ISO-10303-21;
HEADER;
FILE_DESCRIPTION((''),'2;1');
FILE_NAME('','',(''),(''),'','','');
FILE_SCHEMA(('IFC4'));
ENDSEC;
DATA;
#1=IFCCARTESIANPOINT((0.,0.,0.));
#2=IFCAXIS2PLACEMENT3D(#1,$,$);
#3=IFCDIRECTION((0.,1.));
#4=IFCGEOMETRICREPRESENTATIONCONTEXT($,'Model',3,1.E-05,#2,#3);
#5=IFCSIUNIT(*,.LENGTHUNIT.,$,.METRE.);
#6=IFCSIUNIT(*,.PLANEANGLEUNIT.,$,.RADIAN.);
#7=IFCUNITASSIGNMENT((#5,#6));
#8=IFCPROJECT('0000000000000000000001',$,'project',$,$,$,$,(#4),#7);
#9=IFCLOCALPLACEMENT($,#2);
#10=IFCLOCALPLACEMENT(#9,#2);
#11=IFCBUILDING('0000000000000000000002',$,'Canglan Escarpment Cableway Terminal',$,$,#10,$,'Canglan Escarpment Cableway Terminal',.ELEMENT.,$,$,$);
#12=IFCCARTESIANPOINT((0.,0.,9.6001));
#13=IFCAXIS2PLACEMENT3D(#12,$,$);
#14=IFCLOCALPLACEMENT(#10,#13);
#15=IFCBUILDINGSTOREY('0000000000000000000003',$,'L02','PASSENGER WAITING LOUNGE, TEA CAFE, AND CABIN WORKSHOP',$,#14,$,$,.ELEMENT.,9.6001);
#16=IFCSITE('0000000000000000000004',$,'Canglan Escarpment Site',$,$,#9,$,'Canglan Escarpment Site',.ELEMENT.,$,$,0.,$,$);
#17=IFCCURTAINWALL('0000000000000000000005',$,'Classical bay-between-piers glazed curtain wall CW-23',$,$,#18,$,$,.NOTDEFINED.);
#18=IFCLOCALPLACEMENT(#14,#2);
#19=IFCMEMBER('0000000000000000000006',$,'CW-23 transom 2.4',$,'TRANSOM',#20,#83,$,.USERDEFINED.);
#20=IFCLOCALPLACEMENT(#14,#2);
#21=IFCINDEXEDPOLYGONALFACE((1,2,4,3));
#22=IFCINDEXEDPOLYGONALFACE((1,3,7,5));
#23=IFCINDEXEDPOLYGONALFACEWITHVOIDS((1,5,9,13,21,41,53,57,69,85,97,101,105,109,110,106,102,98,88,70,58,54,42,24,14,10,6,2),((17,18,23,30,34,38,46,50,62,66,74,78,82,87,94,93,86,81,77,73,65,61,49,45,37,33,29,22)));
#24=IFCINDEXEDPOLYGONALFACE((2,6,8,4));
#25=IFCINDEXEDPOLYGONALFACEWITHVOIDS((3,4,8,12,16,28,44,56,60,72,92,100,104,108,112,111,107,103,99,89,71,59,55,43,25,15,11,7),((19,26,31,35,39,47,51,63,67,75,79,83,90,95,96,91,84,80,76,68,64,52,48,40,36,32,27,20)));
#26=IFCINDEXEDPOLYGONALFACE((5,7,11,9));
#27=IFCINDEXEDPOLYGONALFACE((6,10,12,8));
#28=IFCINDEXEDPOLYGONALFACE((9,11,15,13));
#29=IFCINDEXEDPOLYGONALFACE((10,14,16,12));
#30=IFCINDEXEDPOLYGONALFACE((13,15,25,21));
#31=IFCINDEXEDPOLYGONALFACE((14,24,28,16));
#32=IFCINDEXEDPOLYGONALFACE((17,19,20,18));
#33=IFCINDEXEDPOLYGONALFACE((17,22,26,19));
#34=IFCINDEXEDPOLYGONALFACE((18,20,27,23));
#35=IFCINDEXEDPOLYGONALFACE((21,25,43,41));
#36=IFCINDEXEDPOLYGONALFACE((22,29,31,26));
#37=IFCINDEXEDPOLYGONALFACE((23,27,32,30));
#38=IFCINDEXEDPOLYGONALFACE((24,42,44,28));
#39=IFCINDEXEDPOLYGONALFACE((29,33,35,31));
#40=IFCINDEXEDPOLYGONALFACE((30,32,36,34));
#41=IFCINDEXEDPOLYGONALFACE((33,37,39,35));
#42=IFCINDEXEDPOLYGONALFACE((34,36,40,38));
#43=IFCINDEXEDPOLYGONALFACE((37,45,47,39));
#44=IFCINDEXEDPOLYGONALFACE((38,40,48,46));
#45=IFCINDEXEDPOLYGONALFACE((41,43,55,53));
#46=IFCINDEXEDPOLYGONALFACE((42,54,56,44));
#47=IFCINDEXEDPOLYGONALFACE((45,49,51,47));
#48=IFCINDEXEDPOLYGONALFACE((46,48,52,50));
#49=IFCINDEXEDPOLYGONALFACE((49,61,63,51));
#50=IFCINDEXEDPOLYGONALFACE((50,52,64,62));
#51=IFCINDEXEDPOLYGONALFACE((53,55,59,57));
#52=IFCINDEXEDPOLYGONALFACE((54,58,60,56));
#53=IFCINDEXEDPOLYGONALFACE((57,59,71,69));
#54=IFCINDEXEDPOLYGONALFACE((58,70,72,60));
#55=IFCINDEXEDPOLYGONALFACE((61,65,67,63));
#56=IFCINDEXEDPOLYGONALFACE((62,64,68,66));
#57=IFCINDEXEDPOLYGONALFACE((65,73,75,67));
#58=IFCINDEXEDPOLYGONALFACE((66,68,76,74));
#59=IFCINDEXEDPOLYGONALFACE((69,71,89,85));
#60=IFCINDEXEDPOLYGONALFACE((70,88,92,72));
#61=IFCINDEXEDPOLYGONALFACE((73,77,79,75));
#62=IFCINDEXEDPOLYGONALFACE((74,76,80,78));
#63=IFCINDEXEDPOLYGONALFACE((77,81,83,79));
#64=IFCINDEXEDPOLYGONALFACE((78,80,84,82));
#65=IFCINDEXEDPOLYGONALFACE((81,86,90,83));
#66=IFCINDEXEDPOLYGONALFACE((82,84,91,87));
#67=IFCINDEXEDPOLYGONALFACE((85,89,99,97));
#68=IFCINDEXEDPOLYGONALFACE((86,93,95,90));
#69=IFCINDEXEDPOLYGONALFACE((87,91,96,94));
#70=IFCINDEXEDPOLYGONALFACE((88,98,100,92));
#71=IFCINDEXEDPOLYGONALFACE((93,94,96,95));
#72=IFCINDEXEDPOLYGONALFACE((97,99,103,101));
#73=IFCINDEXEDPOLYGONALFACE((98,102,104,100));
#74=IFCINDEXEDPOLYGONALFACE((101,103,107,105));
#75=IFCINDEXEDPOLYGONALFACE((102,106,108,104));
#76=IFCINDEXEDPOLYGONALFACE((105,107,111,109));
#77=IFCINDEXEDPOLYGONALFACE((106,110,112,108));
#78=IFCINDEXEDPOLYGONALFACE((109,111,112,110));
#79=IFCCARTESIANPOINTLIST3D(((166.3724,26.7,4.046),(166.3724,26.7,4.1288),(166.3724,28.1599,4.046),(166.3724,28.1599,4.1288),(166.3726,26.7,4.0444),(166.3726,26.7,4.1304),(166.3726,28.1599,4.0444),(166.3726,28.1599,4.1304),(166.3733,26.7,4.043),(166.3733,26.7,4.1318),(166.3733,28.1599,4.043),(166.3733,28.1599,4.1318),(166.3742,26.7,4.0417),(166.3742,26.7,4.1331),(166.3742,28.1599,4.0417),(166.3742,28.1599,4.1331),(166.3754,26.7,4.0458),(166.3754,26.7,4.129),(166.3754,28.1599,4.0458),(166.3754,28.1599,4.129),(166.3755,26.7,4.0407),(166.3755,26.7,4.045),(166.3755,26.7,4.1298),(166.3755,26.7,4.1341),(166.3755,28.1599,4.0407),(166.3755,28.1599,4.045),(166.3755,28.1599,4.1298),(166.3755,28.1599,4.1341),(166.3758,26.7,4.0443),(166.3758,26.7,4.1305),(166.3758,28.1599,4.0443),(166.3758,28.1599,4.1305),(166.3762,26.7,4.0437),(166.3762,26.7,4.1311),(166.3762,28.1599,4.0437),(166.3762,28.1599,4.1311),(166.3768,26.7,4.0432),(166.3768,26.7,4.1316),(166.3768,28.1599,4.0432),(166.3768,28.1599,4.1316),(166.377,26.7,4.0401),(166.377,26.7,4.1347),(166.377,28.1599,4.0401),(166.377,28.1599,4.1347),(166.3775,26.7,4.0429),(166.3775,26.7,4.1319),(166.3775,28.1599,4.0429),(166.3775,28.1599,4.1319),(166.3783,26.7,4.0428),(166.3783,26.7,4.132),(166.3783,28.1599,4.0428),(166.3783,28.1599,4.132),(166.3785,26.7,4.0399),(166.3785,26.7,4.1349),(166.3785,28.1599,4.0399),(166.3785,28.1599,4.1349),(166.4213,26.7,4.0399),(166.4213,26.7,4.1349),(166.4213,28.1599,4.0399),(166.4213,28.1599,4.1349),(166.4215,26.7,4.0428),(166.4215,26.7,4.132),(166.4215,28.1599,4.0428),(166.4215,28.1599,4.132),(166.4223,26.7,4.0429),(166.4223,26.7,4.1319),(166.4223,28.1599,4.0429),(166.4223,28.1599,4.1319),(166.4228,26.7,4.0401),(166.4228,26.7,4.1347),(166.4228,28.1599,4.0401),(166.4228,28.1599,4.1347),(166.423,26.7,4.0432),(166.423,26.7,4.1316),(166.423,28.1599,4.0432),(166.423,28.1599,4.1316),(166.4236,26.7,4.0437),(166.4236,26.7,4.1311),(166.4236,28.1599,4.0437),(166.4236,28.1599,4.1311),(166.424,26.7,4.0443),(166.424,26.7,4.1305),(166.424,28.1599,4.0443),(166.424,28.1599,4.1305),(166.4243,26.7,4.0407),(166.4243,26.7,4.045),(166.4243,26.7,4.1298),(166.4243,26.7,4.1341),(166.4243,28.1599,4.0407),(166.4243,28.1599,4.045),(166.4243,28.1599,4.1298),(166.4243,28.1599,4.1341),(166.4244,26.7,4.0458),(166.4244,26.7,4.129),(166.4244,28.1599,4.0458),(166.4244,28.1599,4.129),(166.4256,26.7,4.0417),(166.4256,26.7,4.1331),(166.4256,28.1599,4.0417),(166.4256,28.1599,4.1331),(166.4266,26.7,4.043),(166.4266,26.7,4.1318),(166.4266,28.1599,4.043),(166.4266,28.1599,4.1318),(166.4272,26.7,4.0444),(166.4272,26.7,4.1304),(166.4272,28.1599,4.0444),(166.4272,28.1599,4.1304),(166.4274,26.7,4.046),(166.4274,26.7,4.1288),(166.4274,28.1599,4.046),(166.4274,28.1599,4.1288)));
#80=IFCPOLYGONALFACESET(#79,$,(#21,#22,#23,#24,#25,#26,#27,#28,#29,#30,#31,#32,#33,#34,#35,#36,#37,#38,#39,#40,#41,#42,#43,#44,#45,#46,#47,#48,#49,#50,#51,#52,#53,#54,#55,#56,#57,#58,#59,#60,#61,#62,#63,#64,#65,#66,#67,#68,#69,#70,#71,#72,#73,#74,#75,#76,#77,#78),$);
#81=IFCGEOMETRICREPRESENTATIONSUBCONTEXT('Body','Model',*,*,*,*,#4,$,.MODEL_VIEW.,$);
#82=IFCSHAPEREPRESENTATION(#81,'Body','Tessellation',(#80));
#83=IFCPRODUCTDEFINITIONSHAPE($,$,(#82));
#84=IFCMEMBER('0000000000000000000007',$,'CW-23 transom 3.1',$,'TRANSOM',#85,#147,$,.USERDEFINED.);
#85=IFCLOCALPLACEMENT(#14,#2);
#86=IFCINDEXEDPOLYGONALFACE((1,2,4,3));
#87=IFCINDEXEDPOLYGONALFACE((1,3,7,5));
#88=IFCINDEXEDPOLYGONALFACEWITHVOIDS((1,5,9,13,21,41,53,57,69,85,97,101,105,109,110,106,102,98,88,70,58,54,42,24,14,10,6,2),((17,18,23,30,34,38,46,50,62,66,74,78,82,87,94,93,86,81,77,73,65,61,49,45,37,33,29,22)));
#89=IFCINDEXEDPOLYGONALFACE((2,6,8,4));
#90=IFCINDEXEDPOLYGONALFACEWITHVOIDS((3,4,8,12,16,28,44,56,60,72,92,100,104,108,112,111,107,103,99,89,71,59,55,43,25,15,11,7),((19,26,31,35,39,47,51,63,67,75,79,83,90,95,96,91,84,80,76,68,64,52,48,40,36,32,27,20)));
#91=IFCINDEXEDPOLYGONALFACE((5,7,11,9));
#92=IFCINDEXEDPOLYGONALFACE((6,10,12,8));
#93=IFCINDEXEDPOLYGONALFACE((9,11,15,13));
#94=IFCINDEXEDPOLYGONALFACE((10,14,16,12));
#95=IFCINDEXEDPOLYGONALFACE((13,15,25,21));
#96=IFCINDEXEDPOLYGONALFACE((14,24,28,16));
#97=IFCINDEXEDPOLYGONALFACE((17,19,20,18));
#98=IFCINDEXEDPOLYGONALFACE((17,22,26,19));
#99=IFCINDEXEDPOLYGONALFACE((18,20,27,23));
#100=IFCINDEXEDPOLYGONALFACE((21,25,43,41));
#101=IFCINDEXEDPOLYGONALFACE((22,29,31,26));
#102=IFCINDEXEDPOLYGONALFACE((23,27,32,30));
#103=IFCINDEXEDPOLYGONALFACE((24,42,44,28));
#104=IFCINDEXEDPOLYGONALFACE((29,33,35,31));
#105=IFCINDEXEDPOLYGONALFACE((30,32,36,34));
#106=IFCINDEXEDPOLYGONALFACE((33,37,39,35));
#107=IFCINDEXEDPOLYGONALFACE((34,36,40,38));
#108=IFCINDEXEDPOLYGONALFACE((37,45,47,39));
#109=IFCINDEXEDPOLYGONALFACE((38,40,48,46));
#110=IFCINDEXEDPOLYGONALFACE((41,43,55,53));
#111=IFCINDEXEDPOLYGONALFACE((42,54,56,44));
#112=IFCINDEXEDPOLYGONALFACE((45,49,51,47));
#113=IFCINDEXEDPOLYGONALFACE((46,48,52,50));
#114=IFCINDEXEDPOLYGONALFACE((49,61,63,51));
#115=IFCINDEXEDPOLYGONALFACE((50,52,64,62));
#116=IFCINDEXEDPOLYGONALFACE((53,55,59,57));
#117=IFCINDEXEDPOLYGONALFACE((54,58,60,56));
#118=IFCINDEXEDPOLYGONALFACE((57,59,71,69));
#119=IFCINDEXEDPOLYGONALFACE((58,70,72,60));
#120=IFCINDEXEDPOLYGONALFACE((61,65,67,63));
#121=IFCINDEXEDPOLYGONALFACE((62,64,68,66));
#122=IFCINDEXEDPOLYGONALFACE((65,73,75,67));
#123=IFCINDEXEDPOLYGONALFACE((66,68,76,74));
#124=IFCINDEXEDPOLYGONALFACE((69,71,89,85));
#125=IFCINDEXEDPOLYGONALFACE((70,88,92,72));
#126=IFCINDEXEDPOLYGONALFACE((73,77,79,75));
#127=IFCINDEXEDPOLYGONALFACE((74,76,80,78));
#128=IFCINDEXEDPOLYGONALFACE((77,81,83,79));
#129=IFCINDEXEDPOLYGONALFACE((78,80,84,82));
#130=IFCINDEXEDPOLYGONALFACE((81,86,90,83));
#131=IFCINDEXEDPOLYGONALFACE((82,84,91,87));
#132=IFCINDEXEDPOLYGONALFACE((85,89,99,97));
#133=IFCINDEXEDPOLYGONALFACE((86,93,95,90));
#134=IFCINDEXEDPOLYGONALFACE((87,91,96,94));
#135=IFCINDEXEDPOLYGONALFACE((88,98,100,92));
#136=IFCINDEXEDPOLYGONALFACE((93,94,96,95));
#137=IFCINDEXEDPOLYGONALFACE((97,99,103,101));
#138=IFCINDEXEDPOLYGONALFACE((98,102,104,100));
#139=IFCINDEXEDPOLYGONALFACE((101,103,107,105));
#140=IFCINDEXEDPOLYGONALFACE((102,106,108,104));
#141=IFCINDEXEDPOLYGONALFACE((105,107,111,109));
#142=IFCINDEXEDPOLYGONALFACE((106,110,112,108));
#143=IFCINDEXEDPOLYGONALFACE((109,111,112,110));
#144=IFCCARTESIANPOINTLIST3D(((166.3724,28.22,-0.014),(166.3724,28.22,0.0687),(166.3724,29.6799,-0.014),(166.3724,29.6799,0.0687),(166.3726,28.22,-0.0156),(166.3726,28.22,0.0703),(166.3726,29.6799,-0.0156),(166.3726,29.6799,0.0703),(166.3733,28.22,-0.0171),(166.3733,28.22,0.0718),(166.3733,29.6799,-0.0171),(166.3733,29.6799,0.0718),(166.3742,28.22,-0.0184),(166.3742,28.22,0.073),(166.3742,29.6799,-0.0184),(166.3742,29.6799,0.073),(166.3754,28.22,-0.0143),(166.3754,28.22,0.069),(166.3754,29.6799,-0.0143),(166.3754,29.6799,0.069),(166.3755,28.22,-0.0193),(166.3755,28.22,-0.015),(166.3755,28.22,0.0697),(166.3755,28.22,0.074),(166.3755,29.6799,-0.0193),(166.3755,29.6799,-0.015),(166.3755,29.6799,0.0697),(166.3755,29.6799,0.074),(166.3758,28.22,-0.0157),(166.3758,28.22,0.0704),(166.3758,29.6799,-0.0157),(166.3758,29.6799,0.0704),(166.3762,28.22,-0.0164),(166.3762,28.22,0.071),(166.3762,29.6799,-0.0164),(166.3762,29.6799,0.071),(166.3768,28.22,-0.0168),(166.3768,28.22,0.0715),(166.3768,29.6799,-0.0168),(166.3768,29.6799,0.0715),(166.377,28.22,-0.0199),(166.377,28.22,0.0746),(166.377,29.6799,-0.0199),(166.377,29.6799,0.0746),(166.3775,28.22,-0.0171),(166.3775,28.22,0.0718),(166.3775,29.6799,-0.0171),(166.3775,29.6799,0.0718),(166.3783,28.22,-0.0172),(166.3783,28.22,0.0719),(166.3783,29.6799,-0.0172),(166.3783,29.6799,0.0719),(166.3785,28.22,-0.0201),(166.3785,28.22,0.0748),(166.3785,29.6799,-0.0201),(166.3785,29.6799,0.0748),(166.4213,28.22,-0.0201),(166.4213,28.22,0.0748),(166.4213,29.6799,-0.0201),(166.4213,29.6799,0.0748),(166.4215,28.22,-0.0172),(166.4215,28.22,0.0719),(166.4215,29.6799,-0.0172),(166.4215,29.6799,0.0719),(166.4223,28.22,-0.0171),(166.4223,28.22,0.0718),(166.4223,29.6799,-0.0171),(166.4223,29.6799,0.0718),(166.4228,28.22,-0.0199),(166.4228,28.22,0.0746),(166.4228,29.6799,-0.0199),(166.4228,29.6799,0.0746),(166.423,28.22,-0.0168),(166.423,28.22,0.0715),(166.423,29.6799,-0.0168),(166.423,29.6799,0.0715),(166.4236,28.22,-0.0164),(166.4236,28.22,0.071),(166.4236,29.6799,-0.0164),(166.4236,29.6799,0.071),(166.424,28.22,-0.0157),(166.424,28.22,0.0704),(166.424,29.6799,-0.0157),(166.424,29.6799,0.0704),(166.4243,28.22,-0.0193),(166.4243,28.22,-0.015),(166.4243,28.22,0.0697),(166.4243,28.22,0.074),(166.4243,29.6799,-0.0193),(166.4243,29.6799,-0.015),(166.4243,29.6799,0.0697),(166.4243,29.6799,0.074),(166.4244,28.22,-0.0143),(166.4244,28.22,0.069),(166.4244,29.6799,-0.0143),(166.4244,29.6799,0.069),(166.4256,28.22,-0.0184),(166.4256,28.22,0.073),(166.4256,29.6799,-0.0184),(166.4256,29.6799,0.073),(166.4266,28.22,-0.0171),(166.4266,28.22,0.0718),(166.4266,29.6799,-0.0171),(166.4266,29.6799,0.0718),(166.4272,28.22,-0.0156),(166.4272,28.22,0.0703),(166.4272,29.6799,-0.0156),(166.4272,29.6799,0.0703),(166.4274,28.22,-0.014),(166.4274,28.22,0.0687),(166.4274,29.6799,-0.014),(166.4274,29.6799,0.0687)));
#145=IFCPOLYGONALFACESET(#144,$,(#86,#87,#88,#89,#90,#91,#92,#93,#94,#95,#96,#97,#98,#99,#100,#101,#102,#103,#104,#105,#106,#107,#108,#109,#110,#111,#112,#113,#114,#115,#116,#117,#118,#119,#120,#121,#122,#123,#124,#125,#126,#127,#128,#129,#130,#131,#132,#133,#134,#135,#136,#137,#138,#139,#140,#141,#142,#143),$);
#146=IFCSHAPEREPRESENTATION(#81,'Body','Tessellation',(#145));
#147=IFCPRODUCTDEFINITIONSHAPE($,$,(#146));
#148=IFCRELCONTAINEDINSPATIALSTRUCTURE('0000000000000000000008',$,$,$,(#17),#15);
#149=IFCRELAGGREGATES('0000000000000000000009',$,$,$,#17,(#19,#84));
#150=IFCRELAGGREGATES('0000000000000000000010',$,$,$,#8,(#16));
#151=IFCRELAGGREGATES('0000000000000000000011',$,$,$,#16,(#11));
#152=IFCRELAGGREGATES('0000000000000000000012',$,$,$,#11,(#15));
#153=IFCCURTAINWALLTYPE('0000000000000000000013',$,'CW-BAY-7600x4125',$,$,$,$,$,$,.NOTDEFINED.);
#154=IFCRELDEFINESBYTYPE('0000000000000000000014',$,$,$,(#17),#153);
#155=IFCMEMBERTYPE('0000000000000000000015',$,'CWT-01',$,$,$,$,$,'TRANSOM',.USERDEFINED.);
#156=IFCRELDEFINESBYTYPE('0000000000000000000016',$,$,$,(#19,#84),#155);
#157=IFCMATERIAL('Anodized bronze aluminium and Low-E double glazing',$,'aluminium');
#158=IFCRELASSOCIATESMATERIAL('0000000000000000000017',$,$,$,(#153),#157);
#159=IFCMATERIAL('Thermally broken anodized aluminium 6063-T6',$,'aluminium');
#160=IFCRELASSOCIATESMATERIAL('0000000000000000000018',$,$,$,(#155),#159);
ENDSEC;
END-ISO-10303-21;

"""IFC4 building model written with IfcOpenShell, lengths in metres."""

from ifc_helpers import new_model, si_unit, direction, frame, origin, origin_2d, place, context, subcontext, project, spatial, hollow_rectangle, extrude, material, material_profile, profile_set, type_object, element, aggregate, save


model = new_model("IFC4")

# Units and contexts
model_context = context("Model", 3, precision=1e-05, world=origin(), true_north=direction((0.0, 1.0)))
body_context = subcontext(model_context, "Body", "Model", "MODEL_VIEW")
ifc_project = project(units=[si_unit("LENGTHUNIT", "METRE"), si_unit("PLANEANGLEUNIT", "RADIAN")], contexts=[model_context])

# Site, building, storey
site_placement = place(None, origin())
site = spatial("IfcSite", under=ifc_project, at=site_placement, Name="Canglan Escarpment Site", LongName="Canglan Escarpment Site", CompositionType="ELEMENT", RefElevation=0.0)
building_placement = place(site_placement, origin())
building = spatial("IfcBuilding", under=site, at=building_placement, Name="Canglan Escarpment Cableway Terminal", LongName="Canglan Escarpment Cableway Terminal", CompositionType="ELEMENT")
storey_placement = place(building_placement, frame((0.0, 0.0, 9.6001)))
storey = spatial("IfcBuildingStorey", under=building, at=storey_placement, Name="L02", Description="PASSENGER WAITING LOUNGE, TEA CAFE, AND CABIN WORKSHOP", CompositionType="ELEMENT", Elevation=9.6001)

# Curtain wall, members
ifc_material_1 = material(Name="Anodized bronze aluminium and Low-E double glazing", Category="aluminium")
curtain_wall_type = type_object("IfcCurtainWallType", Name="CW-BAY-7600x4125", PredefinedType="NOTDEFINED", material=ifc_material_1)
curtain_wall_placement = place(storey_placement, origin())
curtain_wall = element("IfcCurtainWall", 1, at=curtain_wall_placement, inside=storey, type_object=curtain_wall_type, Name="Classical bay-between-piers glazed curtain wall CW-23", PredefinedType="NOTDEFINED")
ifc_material_2 = material(Name="Thermally broken anodized aluminium 6063-T6", Category="aluminium")
ifc_material_profile_1 = material_profile(ifc_material_2, hollow_rectangle(XDim=0.0549, YDim=0.095, WallThickness=0.0029, InnerFilletRadius=0.0029, OuterFilletRadius=0.0061, at=origin_2d()), Name="ALU-TRAN 55x95x3")
ifc_profile_set_1 = profile_set([ifc_material_profile_1], Name="Thermally broken anodized aluminium 6063-T6")
member_type_1 = type_object("IfcMemberType", Name="CWT-01", ElementType="TRANSOM", PredefinedType="USERDEFINED", material=ifc_profile_set_1)
member_1_placement = place(storey_placement, frame((166.3999, 26.7, 4.0874), z_axis=(0.0, 1.0, 0.0), x_axis=(-1.0, 0.0, 0.0)))
member_1 = element("IfcMember", 2, at=member_1_placement, type_object=member_type_1, Name="CW-23 transom 2.4", ObjectType="TRANSOM", PredefinedType="USERDEFINED", context=body_context, shape_type="SweptSolid", body=[
    extrude(hollow_rectangle(XDim=0.0549, YDim=0.095, WallThickness=0.0029, InnerFilletRadius=0.0029, OuterFilletRadius=0.0061, at=origin_2d()), origin(), (0.0, 0.0, 1.0), 1.46),
])
member_2_placement = place(storey_placement, frame((166.3999, 28.22, 0.0273), z_axis=(0.0, 1.0, 0.0), x_axis=(-1.0, 0.0, 0.0)))
member_2 = element("IfcMember", 3, at=member_2_placement, type_object=member_type_1, Name="CW-23 transom 3.1", ObjectType="TRANSOM", PredefinedType="USERDEFINED", context=body_context, shape_type="SweptSolid", body=[
    extrude(hollow_rectangle(XDim=0.0549, YDim=0.095, WallThickness=0.0029, InnerFilletRadius=0.0029, OuterFilletRadius=0.0061, at=origin_2d()), origin(), (0.0, 0.0, 1.0), 1.46),
])

aggregate(curtain_wall, [member_1, member_2])

save(model, "model.ifc")
